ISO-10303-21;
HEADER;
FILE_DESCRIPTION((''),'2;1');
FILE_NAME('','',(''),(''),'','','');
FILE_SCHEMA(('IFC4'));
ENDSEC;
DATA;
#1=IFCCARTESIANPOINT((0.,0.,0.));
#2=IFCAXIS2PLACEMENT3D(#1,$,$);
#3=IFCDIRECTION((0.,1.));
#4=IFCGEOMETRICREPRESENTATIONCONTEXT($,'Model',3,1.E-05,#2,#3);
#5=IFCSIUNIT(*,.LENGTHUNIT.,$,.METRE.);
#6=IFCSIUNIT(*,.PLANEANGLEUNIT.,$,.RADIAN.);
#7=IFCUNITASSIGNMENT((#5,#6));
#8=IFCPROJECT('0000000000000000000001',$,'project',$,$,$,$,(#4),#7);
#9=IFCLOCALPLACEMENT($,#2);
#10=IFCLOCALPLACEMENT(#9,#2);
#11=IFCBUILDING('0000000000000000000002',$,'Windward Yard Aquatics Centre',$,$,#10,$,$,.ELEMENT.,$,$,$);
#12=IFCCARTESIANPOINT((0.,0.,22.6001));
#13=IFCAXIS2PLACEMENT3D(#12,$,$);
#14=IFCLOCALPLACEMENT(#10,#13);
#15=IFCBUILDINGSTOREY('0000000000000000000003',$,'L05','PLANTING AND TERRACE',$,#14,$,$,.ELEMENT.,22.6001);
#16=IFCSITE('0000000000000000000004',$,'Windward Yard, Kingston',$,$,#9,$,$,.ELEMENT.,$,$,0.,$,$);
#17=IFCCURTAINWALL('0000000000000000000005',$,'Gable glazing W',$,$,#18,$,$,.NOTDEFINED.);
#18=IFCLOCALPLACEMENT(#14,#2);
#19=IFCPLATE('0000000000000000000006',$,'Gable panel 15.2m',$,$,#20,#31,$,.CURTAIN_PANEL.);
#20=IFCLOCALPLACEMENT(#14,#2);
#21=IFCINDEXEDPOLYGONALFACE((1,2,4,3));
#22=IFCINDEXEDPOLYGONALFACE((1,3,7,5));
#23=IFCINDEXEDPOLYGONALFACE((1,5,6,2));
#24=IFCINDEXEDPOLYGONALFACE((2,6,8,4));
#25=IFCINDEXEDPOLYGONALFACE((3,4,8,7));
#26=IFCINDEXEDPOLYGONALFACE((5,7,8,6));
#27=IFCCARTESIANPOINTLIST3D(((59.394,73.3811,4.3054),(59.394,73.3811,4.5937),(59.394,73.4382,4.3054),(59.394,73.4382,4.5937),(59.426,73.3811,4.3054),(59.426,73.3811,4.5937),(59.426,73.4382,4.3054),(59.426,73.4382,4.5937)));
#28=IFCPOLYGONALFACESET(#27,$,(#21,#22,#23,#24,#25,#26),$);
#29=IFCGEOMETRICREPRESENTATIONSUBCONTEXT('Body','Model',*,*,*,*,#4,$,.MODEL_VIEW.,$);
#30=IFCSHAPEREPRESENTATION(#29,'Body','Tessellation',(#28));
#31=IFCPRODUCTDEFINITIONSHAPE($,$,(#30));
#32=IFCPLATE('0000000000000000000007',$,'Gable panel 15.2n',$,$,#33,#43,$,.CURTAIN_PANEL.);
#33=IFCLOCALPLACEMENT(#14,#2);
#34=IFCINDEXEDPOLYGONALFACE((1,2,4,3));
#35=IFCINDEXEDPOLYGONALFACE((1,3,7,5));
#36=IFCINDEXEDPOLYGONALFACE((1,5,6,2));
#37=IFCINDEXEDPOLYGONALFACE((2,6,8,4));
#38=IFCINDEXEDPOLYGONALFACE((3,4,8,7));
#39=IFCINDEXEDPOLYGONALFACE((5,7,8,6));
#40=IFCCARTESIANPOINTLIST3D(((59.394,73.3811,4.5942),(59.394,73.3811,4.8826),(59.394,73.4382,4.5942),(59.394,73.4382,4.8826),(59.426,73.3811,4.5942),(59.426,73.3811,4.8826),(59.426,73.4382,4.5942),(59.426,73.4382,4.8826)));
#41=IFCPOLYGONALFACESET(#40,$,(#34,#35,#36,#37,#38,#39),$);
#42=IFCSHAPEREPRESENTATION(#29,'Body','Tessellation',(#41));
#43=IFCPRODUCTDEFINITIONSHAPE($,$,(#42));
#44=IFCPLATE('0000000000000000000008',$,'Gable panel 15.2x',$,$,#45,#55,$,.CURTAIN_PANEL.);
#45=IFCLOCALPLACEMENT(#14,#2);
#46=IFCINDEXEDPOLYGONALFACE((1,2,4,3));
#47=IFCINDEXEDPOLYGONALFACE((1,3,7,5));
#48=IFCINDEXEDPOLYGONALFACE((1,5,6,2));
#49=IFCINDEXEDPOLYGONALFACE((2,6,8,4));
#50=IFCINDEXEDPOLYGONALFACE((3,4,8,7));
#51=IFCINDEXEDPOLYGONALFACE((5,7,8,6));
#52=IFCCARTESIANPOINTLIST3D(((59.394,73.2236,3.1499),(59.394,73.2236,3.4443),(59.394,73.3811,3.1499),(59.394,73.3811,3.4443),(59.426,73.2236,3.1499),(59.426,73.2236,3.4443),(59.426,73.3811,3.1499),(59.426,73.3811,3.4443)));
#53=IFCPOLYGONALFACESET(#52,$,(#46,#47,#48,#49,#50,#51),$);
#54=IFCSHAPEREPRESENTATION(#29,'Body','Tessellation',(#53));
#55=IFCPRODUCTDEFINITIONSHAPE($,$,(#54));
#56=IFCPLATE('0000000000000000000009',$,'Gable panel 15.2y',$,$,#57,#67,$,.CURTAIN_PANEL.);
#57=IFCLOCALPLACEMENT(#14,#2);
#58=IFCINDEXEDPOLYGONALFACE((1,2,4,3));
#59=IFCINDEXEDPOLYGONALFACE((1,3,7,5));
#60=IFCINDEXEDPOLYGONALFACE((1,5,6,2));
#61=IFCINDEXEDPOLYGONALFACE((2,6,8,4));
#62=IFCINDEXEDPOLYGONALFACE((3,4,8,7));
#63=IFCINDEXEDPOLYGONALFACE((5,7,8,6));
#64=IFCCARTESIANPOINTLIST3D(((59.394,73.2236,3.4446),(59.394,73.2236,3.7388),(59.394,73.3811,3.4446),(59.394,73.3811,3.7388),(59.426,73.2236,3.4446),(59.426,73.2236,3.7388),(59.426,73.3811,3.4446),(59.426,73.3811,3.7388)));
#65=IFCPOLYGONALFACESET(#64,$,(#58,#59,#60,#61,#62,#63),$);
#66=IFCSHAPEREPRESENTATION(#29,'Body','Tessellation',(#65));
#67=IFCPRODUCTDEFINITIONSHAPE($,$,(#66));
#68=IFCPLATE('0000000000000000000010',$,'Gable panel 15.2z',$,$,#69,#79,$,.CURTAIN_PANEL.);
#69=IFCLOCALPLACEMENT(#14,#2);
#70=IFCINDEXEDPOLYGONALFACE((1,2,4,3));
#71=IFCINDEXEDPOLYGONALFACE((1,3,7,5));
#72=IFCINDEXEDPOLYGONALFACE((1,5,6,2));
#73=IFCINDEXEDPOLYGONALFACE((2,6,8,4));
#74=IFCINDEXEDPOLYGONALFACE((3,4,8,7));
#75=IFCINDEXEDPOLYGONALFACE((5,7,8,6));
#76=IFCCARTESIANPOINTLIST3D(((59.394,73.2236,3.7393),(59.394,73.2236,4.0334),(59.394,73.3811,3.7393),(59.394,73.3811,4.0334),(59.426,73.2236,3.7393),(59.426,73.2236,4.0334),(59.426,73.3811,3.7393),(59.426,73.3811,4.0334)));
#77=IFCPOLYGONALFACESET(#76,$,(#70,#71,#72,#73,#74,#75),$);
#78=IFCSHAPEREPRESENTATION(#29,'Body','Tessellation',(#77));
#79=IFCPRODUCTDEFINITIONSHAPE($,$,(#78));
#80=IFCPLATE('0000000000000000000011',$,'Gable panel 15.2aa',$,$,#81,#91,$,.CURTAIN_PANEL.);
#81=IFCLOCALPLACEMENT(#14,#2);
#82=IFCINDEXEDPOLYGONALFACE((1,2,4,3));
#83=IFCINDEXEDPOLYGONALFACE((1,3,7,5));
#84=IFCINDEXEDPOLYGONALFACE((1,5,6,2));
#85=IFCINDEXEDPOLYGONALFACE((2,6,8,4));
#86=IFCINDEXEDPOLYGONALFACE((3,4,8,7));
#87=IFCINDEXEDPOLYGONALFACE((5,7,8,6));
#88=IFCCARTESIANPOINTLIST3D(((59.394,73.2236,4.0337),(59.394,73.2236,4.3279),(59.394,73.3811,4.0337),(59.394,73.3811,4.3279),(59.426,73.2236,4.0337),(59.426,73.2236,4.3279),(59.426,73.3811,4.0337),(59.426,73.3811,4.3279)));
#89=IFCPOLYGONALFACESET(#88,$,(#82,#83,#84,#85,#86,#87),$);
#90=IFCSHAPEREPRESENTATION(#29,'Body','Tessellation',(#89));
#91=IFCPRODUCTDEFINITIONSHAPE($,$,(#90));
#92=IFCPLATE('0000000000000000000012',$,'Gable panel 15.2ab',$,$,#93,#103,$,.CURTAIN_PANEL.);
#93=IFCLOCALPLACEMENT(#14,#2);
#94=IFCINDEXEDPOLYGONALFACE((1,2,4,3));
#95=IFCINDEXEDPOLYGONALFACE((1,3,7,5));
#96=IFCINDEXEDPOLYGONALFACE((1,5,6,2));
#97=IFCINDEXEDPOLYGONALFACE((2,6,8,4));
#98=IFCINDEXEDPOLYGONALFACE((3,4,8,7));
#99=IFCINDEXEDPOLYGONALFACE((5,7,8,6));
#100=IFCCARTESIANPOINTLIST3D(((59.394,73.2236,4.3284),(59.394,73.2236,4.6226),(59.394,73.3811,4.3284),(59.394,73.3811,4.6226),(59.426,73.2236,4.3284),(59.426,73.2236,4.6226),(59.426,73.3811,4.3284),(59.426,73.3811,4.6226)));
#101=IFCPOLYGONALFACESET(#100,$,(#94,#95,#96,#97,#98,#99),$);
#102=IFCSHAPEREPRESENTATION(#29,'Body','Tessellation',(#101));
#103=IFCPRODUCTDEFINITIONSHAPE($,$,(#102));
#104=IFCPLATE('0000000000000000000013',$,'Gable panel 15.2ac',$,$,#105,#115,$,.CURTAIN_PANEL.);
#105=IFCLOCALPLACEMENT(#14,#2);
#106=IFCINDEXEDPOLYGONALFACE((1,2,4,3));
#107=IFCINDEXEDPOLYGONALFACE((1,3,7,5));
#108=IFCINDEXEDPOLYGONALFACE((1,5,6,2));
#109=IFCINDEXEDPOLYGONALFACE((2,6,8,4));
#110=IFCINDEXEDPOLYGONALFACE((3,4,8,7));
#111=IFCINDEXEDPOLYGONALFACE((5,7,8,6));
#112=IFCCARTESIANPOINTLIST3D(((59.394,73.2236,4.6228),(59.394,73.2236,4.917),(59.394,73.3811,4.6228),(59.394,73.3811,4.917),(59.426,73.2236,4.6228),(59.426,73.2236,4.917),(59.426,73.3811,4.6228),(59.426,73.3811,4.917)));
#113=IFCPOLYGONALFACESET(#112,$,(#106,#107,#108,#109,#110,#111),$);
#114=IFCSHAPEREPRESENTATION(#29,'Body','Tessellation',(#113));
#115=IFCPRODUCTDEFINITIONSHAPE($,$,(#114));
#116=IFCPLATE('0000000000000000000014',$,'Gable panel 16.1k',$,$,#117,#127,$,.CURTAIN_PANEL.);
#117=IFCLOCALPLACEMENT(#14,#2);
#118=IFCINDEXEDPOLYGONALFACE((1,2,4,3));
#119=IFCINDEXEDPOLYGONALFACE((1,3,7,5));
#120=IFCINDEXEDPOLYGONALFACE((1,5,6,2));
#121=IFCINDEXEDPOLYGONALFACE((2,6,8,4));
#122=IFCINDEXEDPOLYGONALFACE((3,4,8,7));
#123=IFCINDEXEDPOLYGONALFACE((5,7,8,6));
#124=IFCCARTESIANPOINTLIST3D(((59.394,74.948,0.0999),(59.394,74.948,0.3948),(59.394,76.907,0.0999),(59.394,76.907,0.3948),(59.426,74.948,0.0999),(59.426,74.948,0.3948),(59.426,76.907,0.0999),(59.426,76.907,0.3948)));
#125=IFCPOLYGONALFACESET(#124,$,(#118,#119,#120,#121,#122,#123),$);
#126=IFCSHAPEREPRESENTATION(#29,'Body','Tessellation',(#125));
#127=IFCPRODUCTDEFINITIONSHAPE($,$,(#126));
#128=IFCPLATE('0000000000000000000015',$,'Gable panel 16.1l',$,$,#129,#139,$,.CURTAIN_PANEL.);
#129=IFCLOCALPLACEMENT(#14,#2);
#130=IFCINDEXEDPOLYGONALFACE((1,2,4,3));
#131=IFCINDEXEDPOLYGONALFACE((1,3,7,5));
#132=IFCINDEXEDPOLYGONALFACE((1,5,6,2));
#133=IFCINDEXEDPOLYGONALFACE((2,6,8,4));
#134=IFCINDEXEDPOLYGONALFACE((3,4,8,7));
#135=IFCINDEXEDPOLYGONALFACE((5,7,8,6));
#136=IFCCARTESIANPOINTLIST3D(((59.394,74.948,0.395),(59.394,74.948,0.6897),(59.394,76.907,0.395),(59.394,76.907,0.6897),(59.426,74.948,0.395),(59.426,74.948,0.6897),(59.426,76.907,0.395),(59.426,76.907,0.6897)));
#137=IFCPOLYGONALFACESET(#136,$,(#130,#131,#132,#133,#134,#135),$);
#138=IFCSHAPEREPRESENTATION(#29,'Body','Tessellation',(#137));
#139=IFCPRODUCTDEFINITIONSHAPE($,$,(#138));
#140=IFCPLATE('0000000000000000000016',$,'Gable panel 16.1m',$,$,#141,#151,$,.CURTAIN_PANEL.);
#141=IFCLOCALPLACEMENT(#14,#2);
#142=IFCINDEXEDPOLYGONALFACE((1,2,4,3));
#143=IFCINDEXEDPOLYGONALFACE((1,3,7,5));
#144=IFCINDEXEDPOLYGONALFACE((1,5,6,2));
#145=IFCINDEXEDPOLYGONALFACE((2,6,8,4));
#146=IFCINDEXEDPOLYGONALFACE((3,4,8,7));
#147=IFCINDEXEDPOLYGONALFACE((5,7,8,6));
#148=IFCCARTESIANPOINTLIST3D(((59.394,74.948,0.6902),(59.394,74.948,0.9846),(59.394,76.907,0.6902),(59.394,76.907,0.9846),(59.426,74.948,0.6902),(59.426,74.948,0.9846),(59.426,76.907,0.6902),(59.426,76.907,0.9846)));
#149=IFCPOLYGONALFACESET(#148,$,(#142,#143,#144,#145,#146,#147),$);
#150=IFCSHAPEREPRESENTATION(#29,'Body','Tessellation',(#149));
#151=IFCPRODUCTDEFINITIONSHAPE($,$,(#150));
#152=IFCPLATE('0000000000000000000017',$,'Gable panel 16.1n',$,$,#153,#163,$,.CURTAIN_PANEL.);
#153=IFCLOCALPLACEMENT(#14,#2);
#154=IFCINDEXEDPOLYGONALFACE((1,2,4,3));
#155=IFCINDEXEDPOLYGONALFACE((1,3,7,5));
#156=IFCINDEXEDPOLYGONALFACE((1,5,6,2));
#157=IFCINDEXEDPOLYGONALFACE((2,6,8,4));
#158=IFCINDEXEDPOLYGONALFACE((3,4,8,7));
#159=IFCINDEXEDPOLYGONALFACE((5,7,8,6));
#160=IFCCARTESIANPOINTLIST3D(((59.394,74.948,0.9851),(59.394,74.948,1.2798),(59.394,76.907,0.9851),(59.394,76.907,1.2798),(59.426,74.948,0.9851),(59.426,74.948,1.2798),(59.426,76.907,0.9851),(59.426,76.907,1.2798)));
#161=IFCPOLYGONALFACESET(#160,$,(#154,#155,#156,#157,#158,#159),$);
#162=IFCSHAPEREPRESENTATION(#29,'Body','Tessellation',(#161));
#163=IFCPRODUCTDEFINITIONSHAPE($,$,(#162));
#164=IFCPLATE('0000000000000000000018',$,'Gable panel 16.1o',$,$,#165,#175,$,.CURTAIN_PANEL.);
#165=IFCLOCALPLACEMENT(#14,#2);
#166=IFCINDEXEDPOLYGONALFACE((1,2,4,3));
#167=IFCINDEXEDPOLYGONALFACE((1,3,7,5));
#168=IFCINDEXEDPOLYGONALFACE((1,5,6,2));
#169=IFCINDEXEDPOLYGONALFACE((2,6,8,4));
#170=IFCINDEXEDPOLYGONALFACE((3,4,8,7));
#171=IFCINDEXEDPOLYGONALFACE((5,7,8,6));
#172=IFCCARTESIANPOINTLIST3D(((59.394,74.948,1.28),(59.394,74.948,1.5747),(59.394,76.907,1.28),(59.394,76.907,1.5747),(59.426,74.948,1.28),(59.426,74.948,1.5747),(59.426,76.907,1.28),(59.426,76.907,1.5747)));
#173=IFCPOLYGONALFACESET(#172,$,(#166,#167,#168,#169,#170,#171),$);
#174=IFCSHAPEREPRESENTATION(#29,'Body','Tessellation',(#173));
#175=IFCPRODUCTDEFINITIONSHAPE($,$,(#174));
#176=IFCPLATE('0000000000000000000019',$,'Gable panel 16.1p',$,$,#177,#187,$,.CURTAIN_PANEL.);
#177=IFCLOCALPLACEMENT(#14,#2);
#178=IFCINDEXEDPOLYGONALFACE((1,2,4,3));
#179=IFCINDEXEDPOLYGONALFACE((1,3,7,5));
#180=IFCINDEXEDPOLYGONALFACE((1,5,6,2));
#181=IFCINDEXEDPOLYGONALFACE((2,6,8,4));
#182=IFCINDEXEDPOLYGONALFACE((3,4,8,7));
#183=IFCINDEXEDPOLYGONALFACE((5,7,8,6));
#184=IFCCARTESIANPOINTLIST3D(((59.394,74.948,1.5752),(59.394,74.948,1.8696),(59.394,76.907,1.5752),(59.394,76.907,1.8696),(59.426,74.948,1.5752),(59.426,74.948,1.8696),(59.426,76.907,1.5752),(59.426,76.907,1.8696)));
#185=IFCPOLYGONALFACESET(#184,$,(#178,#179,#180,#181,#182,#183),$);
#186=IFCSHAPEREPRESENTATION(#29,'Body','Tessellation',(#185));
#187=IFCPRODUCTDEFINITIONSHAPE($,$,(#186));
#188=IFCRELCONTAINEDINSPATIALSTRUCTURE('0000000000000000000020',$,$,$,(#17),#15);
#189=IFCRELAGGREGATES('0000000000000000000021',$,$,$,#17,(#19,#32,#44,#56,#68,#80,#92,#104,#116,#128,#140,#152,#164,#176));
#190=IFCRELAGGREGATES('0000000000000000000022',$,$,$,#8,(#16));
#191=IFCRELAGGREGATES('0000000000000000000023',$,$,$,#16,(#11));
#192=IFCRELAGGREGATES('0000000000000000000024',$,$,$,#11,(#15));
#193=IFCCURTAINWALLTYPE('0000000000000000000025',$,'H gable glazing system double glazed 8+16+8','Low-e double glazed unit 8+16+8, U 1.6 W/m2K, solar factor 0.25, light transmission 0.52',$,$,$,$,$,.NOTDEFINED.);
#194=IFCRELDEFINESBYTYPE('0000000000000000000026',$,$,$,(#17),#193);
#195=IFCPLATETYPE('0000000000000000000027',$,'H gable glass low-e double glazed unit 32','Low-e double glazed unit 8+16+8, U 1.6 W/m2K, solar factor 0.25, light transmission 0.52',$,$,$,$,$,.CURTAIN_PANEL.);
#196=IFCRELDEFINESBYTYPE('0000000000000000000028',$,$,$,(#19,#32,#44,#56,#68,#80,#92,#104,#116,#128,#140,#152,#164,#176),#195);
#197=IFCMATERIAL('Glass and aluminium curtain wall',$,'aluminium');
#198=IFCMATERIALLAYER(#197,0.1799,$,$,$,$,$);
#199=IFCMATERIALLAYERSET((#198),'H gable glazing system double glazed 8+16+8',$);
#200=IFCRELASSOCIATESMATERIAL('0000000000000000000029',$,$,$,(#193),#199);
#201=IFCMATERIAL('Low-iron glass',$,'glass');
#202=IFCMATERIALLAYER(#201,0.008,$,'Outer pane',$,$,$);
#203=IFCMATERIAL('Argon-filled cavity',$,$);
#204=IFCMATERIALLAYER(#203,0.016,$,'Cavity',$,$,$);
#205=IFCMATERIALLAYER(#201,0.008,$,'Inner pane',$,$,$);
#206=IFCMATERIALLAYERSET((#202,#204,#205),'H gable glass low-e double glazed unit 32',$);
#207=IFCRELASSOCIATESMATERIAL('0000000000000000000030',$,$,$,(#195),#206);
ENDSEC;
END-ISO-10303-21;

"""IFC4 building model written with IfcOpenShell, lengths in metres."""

from ifc_helpers import new_model, si_unit, direction, frame, origin, place, context, subcontext, project, spatial, polyline, outline, extrude, material, layer, layer_set, type_object, element, aggregate, save


model = new_model("IFC4")

# Units and contexts
model_context = context("Model", 3, precision=1e-05, world=origin(), true_north=direction((0.0, 1.0)))
body_context = subcontext(model_context, "Body", "Model", "MODEL_VIEW")
ifc_project = project(units=[si_unit("LENGTHUNIT", "METRE"), si_unit("PLANEANGLEUNIT", "RADIAN")], contexts=[model_context])

# Site, building, storey
site_placement = place(None, origin())
site = spatial("IfcSite", under=ifc_project, at=site_placement, Name="Windward Yard, Kingston", CompositionType="ELEMENT", RefElevation=0.0)
building_placement = place(site_placement, origin())
building = spatial("IfcBuilding", under=site, at=building_placement, Name="Windward Yard Aquatics Centre", CompositionType="ELEMENT")
storey_placement = place(building_placement, frame((0.0, 0.0, 22.6001)))
storey = spatial("IfcBuildingStorey", under=building, at=storey_placement, Name="L05", Description="PLANTING AND TERRACE", CompositionType="ELEMENT", Elevation=22.6001)

# Curtain wall, plates
ifc_material_1 = material(Name="Glass and aluminium curtain wall", Category="aluminium")
ifc_layer_1 = layer(ifc_material_1, 0.1799)
ifc_layer_set_1 = layer_set([ifc_layer_1], Name="H gable glazing system double glazed 8+16+8")
curtain_wall_type = type_object("IfcCurtainWallType", Name="H gable glazing system double glazed 8+16+8", Description="Low-e double glazed unit 8+16+8, U 1.6 W/m2K, solar factor 0.25, light transmission 0.52", PredefinedType="NOTDEFINED", material=ifc_layer_set_1)
curtain_wall_placement = place(storey_placement, origin())
curtain_wall = element("IfcCurtainWall", 1, at=curtain_wall_placement, inside=storey, type_object=curtain_wall_type, Name="Gable glazing W", PredefinedType="NOTDEFINED")
ifc_material_2 = material(Name="Low-iron glass", Category="glass")
ifc_layer_2 = layer(ifc_material_2, 0.008, Name="Outer pane")
ifc_material_3 = material(Name="Argon-filled cavity")
ifc_layer_3 = layer(ifc_material_3, 0.016, Name="Cavity")
ifc_layer_4 = layer(ifc_material_2, 0.008, Name="Inner pane")
ifc_layer_set_2 = layer_set([ifc_layer_2, ifc_layer_3, ifc_layer_4], Name="H gable glass low-e double glazed unit 32")
plate_type = type_object("IfcPlateType", Name="H gable glass low-e double glazed unit 32", Description="Low-e double glazed unit 8+16+8, U 1.6 W/m2K, solar factor 0.25, light transmission 0.52", PredefinedType="CURTAIN_PANEL", material=ifc_layer_set_2)
plate_1_placement = place(storey_placement, frame((59.426, 73.3811, 4.3054), z_axis=(1.0, 0.0, 0.0), x_axis=(0.0, 1.0, 0.0)))
plate_1 = element("IfcPlate", 2, at=plate_1_placement, type_object=plate_type, Name="Gable panel 15.2m", PredefinedType="CURTAIN_PANEL", context=body_context, shape_type="SweptSolid", body=[
    extrude(outline(polyline([(0.0, 0.0), (0.0571, 0.0), (0.0571, 0.2883), (0.0, 0.2883), (0.0, 0.0)])), origin(), (0.0, 0.0, -1.0), 0.032),
])
plate_2_placement = place(storey_placement, frame((59.426, 73.3811, 4.5942), z_axis=(1.0, 0.0, 0.0), x_axis=(0.0, 1.0, 0.0)))
plate_2 = element("IfcPlate", 3, at=plate_2_placement, type_object=plate_type, Name="Gable panel 15.2n", PredefinedType="CURTAIN_PANEL", context=body_context, shape_type="SweptSolid", body=[
    extrude(outline(polyline([(0.0, 0.0), (0.0571, 0.0), (0.0571, 0.2883), (0.0, 0.2883), (0.0, 0.0)])), origin(), (0.0, 0.0, -1.0), 0.032),
])
plate_3_placement = place(storey_placement, frame((59.426, 73.2236, 3.1499), z_axis=(1.0, 0.0, 0.0), x_axis=(0.0, 1.0, 0.0)))
plate_3 = element("IfcPlate", 4, at=plate_3_placement, type_object=plate_type, Name="Gable panel 15.2x", PredefinedType="CURTAIN_PANEL", context=body_context, shape_type="SweptSolid", body=[
    extrude(outline(polyline([(0.0, 0.0), (0.1575, 0.0), (0.1575, 0.2944), (0.0, 0.2944), (0.0, 0.0)])), origin(), (0.0, 0.0, -1.0), 0.032),
])
plate_4_placement = place(storey_placement, frame((59.426, 73.2236, 3.4446), z_axis=(1.0, 0.0, 0.0), x_axis=(0.0, 1.0, 0.0)))
plate_4 = element("IfcPlate", 5, at=plate_4_placement, type_object=plate_type, Name="Gable panel 15.2y", PredefinedType="CURTAIN_PANEL", context=body_context, shape_type="SweptSolid", body=[
    extrude(outline(polyline([(0.0, 0.0), (0.1575, 0.0), (0.1575, 0.2942), (0.0, 0.2942), (0.0, 0.0)])), origin(), (0.0, 0.0, -1.0), 0.032),
])
plate_5_placement = place(storey_placement, frame((59.426, 73.2236, 3.7393), z_axis=(1.0, 0.0, 0.0), x_axis=(0.0, 1.0, 0.0)))
plate_5 = element("IfcPlate", 6, at=plate_5_placement, type_object=plate_type, Name="Gable panel 15.2z", PredefinedType="CURTAIN_PANEL", context=body_context, shape_type="SweptSolid", body=[
    extrude(outline(polyline([(0.0, 0.0), (0.1575, 0.0), (0.1575, 0.2942), (0.0, 0.2942), (0.0, 0.0)])), origin(), (0.0, 0.0, -1.0), 0.032),
])
plate_6_placement = place(storey_placement, frame((59.426, 73.2236, 4.0337), z_axis=(1.0, 0.0, 0.0), x_axis=(0.0, 1.0, 0.0)))
plate_6 = element("IfcPlate", 7, at=plate_6_placement, type_object=plate_type, Name="Gable panel 15.2aa", PredefinedType="CURTAIN_PANEL", context=body_context, shape_type="SweptSolid", body=[
    extrude(outline(polyline([(0.0, 0.0), (0.1575, 0.0), (0.1575, 0.2942), (0.0, 0.2942), (0.0, 0.0)])), origin(), (0.0, 0.0, -1.0), 0.032),
])
plate_7_placement = place(storey_placement, frame((59.426, 73.2236, 4.3284), z_axis=(1.0, 0.0, 0.0), x_axis=(0.0, 1.0, 0.0)))
plate_7 = element("IfcPlate", 8, at=plate_7_placement, type_object=plate_type, Name="Gable panel 15.2ab", PredefinedType="CURTAIN_PANEL", context=body_context, shape_type="SweptSolid", body=[
    extrude(outline(polyline([(0.0, 0.0), (0.1575, 0.0), (0.1575, 0.2942), (0.0, 0.2942), (0.0, 0.0)])), origin(), (0.0, 0.0, -1.0), 0.032),
])
plate_8_placement = place(storey_placement, frame((59.426, 73.2236, 4.6228), z_axis=(1.0, 0.0, 0.0), x_axis=(0.0, 1.0, 0.0)))
plate_8 = element("IfcPlate", 9, at=plate_8_placement, type_object=plate_type, Name="Gable panel 15.2ac", PredefinedType="CURTAIN_PANEL", context=body_context, shape_type="SweptSolid", body=[
    extrude(outline(polyline([(0.0, 0.0), (0.1575, 0.0), (0.1575, 0.2942), (0.0, 0.2942), (0.0, 0.0)])), origin(), (0.0, 0.0, -1.0), 0.032),
])
plate_9_placement = place(storey_placement, frame((59.426, 74.948, 0.0999), z_axis=(1.0, 0.0, 0.0), x_axis=(0.0, 1.0, 0.0)))
plate_9 = element("IfcPlate", 10, at=plate_9_placement, type_object=plate_type, Name="Gable panel 16.1k", PredefinedType="CURTAIN_PANEL", context=body_context, shape_type="SweptSolid", body=[
    extrude(outline(polyline([(0.0, 0.0), (1.959, 0.0), (1.959, 0.2949), (0.0, 0.2949), (0.0, 0.0)])), origin(), (0.0, 0.0, -1.0), 0.032),
])
plate_10_placement = place(storey_placement, frame((59.426, 74.948, 0.395), z_axis=(1.0, 0.0, 0.0), x_axis=(0.0, 1.0, 0.0)))
plate_10 = element("IfcPlate", 11, at=plate_10_placement, type_object=plate_type, Name="Gable panel 16.1l", PredefinedType="CURTAIN_PANEL", context=body_context, shape_type="SweptSolid", body=[
    extrude(outline(polyline([(0.0, 0.0), (1.959, 0.0), (1.959, 0.2947), (0.0, 0.2947), (0.0, 0.0)])), origin(), (0.0, 0.0, -1.0), 0.032),
])
plate_11_placement = place(storey_placement, frame((59.426, 74.948, 0.6902), z_axis=(1.0, 0.0, 0.0), x_axis=(0.0, 1.0, 0.0)))
plate_11 = element("IfcPlate", 12, at=plate_11_placement, type_object=plate_type, Name="Gable panel 16.1m", PredefinedType="CURTAIN_PANEL", context=body_context, shape_type="SweptSolid", body=[
    extrude(outline(polyline([(0.0, 0.0), (1.959, 0.0), (1.959, 0.2944), (0.0, 0.2944), (0.0, 0.0)])), origin(), (0.0, 0.0, -1.0), 0.032),
])
plate_12_placement = place(storey_placement, frame((59.426, 74.948, 0.9851), z_axis=(1.0, 0.0, 0.0), x_axis=(0.0, 1.0, 0.0)))
plate_12 = element("IfcPlate", 13, at=plate_12_placement, type_object=plate_type, Name="Gable panel 16.1n", PredefinedType="CURTAIN_PANEL", context=body_context, shape_type="SweptSolid", body=[
    extrude(outline(polyline([(0.0, 0.0), (1.959, 0.0), (1.959, 0.2947), (0.0, 0.2947), (0.0, 0.0)])), origin(), (0.0, 0.0, -1.0), 0.032),
])
plate_13_placement = place(storey_placement, frame((59.426, 74.948, 1.28), z_axis=(1.0, 0.0, 0.0), x_axis=(0.0, 1.0, 0.0)))
plate_13 = element("IfcPlate", 14, at=plate_13_placement, type_object=plate_type, Name="Gable panel 16.1o", PredefinedType="CURTAIN_PANEL", context=body_context, shape_type="SweptSolid", body=[
    extrude(outline(polyline([(0.0, 0.0), (1.959, 0.0), (1.959, 0.2947), (0.0, 0.2947), (0.0, 0.0)])), origin(), (0.0, 0.0, -1.0), 0.032),
])
plate_14_placement = place(storey_placement, frame((59.426, 74.948, 1.5752), z_axis=(1.0, 0.0, 0.0), x_axis=(0.0, 1.0, 0.0)))
plate_14 = element("IfcPlate", 15, at=plate_14_placement, type_object=plate_type, Name="Gable panel 16.1p", PredefinedType="CURTAIN_PANEL", context=body_context, shape_type="SweptSolid", body=[
    extrude(outline(polyline([(0.0, 0.0), (1.959, 0.0), (1.959, 0.2944), (0.0, 0.2944), (0.0, 0.0)])), origin(), (0.0, 0.0, -1.0), 0.032),
])
aggregate(curtain_wall, [plate_1, plate_2, plate_3, plate_4, plate_5, plate_6, plate_7, plate_8, plate_9, plate_10, plate_11, plate_12, plate_13, plate_14])

save(model, "model.ifc")
